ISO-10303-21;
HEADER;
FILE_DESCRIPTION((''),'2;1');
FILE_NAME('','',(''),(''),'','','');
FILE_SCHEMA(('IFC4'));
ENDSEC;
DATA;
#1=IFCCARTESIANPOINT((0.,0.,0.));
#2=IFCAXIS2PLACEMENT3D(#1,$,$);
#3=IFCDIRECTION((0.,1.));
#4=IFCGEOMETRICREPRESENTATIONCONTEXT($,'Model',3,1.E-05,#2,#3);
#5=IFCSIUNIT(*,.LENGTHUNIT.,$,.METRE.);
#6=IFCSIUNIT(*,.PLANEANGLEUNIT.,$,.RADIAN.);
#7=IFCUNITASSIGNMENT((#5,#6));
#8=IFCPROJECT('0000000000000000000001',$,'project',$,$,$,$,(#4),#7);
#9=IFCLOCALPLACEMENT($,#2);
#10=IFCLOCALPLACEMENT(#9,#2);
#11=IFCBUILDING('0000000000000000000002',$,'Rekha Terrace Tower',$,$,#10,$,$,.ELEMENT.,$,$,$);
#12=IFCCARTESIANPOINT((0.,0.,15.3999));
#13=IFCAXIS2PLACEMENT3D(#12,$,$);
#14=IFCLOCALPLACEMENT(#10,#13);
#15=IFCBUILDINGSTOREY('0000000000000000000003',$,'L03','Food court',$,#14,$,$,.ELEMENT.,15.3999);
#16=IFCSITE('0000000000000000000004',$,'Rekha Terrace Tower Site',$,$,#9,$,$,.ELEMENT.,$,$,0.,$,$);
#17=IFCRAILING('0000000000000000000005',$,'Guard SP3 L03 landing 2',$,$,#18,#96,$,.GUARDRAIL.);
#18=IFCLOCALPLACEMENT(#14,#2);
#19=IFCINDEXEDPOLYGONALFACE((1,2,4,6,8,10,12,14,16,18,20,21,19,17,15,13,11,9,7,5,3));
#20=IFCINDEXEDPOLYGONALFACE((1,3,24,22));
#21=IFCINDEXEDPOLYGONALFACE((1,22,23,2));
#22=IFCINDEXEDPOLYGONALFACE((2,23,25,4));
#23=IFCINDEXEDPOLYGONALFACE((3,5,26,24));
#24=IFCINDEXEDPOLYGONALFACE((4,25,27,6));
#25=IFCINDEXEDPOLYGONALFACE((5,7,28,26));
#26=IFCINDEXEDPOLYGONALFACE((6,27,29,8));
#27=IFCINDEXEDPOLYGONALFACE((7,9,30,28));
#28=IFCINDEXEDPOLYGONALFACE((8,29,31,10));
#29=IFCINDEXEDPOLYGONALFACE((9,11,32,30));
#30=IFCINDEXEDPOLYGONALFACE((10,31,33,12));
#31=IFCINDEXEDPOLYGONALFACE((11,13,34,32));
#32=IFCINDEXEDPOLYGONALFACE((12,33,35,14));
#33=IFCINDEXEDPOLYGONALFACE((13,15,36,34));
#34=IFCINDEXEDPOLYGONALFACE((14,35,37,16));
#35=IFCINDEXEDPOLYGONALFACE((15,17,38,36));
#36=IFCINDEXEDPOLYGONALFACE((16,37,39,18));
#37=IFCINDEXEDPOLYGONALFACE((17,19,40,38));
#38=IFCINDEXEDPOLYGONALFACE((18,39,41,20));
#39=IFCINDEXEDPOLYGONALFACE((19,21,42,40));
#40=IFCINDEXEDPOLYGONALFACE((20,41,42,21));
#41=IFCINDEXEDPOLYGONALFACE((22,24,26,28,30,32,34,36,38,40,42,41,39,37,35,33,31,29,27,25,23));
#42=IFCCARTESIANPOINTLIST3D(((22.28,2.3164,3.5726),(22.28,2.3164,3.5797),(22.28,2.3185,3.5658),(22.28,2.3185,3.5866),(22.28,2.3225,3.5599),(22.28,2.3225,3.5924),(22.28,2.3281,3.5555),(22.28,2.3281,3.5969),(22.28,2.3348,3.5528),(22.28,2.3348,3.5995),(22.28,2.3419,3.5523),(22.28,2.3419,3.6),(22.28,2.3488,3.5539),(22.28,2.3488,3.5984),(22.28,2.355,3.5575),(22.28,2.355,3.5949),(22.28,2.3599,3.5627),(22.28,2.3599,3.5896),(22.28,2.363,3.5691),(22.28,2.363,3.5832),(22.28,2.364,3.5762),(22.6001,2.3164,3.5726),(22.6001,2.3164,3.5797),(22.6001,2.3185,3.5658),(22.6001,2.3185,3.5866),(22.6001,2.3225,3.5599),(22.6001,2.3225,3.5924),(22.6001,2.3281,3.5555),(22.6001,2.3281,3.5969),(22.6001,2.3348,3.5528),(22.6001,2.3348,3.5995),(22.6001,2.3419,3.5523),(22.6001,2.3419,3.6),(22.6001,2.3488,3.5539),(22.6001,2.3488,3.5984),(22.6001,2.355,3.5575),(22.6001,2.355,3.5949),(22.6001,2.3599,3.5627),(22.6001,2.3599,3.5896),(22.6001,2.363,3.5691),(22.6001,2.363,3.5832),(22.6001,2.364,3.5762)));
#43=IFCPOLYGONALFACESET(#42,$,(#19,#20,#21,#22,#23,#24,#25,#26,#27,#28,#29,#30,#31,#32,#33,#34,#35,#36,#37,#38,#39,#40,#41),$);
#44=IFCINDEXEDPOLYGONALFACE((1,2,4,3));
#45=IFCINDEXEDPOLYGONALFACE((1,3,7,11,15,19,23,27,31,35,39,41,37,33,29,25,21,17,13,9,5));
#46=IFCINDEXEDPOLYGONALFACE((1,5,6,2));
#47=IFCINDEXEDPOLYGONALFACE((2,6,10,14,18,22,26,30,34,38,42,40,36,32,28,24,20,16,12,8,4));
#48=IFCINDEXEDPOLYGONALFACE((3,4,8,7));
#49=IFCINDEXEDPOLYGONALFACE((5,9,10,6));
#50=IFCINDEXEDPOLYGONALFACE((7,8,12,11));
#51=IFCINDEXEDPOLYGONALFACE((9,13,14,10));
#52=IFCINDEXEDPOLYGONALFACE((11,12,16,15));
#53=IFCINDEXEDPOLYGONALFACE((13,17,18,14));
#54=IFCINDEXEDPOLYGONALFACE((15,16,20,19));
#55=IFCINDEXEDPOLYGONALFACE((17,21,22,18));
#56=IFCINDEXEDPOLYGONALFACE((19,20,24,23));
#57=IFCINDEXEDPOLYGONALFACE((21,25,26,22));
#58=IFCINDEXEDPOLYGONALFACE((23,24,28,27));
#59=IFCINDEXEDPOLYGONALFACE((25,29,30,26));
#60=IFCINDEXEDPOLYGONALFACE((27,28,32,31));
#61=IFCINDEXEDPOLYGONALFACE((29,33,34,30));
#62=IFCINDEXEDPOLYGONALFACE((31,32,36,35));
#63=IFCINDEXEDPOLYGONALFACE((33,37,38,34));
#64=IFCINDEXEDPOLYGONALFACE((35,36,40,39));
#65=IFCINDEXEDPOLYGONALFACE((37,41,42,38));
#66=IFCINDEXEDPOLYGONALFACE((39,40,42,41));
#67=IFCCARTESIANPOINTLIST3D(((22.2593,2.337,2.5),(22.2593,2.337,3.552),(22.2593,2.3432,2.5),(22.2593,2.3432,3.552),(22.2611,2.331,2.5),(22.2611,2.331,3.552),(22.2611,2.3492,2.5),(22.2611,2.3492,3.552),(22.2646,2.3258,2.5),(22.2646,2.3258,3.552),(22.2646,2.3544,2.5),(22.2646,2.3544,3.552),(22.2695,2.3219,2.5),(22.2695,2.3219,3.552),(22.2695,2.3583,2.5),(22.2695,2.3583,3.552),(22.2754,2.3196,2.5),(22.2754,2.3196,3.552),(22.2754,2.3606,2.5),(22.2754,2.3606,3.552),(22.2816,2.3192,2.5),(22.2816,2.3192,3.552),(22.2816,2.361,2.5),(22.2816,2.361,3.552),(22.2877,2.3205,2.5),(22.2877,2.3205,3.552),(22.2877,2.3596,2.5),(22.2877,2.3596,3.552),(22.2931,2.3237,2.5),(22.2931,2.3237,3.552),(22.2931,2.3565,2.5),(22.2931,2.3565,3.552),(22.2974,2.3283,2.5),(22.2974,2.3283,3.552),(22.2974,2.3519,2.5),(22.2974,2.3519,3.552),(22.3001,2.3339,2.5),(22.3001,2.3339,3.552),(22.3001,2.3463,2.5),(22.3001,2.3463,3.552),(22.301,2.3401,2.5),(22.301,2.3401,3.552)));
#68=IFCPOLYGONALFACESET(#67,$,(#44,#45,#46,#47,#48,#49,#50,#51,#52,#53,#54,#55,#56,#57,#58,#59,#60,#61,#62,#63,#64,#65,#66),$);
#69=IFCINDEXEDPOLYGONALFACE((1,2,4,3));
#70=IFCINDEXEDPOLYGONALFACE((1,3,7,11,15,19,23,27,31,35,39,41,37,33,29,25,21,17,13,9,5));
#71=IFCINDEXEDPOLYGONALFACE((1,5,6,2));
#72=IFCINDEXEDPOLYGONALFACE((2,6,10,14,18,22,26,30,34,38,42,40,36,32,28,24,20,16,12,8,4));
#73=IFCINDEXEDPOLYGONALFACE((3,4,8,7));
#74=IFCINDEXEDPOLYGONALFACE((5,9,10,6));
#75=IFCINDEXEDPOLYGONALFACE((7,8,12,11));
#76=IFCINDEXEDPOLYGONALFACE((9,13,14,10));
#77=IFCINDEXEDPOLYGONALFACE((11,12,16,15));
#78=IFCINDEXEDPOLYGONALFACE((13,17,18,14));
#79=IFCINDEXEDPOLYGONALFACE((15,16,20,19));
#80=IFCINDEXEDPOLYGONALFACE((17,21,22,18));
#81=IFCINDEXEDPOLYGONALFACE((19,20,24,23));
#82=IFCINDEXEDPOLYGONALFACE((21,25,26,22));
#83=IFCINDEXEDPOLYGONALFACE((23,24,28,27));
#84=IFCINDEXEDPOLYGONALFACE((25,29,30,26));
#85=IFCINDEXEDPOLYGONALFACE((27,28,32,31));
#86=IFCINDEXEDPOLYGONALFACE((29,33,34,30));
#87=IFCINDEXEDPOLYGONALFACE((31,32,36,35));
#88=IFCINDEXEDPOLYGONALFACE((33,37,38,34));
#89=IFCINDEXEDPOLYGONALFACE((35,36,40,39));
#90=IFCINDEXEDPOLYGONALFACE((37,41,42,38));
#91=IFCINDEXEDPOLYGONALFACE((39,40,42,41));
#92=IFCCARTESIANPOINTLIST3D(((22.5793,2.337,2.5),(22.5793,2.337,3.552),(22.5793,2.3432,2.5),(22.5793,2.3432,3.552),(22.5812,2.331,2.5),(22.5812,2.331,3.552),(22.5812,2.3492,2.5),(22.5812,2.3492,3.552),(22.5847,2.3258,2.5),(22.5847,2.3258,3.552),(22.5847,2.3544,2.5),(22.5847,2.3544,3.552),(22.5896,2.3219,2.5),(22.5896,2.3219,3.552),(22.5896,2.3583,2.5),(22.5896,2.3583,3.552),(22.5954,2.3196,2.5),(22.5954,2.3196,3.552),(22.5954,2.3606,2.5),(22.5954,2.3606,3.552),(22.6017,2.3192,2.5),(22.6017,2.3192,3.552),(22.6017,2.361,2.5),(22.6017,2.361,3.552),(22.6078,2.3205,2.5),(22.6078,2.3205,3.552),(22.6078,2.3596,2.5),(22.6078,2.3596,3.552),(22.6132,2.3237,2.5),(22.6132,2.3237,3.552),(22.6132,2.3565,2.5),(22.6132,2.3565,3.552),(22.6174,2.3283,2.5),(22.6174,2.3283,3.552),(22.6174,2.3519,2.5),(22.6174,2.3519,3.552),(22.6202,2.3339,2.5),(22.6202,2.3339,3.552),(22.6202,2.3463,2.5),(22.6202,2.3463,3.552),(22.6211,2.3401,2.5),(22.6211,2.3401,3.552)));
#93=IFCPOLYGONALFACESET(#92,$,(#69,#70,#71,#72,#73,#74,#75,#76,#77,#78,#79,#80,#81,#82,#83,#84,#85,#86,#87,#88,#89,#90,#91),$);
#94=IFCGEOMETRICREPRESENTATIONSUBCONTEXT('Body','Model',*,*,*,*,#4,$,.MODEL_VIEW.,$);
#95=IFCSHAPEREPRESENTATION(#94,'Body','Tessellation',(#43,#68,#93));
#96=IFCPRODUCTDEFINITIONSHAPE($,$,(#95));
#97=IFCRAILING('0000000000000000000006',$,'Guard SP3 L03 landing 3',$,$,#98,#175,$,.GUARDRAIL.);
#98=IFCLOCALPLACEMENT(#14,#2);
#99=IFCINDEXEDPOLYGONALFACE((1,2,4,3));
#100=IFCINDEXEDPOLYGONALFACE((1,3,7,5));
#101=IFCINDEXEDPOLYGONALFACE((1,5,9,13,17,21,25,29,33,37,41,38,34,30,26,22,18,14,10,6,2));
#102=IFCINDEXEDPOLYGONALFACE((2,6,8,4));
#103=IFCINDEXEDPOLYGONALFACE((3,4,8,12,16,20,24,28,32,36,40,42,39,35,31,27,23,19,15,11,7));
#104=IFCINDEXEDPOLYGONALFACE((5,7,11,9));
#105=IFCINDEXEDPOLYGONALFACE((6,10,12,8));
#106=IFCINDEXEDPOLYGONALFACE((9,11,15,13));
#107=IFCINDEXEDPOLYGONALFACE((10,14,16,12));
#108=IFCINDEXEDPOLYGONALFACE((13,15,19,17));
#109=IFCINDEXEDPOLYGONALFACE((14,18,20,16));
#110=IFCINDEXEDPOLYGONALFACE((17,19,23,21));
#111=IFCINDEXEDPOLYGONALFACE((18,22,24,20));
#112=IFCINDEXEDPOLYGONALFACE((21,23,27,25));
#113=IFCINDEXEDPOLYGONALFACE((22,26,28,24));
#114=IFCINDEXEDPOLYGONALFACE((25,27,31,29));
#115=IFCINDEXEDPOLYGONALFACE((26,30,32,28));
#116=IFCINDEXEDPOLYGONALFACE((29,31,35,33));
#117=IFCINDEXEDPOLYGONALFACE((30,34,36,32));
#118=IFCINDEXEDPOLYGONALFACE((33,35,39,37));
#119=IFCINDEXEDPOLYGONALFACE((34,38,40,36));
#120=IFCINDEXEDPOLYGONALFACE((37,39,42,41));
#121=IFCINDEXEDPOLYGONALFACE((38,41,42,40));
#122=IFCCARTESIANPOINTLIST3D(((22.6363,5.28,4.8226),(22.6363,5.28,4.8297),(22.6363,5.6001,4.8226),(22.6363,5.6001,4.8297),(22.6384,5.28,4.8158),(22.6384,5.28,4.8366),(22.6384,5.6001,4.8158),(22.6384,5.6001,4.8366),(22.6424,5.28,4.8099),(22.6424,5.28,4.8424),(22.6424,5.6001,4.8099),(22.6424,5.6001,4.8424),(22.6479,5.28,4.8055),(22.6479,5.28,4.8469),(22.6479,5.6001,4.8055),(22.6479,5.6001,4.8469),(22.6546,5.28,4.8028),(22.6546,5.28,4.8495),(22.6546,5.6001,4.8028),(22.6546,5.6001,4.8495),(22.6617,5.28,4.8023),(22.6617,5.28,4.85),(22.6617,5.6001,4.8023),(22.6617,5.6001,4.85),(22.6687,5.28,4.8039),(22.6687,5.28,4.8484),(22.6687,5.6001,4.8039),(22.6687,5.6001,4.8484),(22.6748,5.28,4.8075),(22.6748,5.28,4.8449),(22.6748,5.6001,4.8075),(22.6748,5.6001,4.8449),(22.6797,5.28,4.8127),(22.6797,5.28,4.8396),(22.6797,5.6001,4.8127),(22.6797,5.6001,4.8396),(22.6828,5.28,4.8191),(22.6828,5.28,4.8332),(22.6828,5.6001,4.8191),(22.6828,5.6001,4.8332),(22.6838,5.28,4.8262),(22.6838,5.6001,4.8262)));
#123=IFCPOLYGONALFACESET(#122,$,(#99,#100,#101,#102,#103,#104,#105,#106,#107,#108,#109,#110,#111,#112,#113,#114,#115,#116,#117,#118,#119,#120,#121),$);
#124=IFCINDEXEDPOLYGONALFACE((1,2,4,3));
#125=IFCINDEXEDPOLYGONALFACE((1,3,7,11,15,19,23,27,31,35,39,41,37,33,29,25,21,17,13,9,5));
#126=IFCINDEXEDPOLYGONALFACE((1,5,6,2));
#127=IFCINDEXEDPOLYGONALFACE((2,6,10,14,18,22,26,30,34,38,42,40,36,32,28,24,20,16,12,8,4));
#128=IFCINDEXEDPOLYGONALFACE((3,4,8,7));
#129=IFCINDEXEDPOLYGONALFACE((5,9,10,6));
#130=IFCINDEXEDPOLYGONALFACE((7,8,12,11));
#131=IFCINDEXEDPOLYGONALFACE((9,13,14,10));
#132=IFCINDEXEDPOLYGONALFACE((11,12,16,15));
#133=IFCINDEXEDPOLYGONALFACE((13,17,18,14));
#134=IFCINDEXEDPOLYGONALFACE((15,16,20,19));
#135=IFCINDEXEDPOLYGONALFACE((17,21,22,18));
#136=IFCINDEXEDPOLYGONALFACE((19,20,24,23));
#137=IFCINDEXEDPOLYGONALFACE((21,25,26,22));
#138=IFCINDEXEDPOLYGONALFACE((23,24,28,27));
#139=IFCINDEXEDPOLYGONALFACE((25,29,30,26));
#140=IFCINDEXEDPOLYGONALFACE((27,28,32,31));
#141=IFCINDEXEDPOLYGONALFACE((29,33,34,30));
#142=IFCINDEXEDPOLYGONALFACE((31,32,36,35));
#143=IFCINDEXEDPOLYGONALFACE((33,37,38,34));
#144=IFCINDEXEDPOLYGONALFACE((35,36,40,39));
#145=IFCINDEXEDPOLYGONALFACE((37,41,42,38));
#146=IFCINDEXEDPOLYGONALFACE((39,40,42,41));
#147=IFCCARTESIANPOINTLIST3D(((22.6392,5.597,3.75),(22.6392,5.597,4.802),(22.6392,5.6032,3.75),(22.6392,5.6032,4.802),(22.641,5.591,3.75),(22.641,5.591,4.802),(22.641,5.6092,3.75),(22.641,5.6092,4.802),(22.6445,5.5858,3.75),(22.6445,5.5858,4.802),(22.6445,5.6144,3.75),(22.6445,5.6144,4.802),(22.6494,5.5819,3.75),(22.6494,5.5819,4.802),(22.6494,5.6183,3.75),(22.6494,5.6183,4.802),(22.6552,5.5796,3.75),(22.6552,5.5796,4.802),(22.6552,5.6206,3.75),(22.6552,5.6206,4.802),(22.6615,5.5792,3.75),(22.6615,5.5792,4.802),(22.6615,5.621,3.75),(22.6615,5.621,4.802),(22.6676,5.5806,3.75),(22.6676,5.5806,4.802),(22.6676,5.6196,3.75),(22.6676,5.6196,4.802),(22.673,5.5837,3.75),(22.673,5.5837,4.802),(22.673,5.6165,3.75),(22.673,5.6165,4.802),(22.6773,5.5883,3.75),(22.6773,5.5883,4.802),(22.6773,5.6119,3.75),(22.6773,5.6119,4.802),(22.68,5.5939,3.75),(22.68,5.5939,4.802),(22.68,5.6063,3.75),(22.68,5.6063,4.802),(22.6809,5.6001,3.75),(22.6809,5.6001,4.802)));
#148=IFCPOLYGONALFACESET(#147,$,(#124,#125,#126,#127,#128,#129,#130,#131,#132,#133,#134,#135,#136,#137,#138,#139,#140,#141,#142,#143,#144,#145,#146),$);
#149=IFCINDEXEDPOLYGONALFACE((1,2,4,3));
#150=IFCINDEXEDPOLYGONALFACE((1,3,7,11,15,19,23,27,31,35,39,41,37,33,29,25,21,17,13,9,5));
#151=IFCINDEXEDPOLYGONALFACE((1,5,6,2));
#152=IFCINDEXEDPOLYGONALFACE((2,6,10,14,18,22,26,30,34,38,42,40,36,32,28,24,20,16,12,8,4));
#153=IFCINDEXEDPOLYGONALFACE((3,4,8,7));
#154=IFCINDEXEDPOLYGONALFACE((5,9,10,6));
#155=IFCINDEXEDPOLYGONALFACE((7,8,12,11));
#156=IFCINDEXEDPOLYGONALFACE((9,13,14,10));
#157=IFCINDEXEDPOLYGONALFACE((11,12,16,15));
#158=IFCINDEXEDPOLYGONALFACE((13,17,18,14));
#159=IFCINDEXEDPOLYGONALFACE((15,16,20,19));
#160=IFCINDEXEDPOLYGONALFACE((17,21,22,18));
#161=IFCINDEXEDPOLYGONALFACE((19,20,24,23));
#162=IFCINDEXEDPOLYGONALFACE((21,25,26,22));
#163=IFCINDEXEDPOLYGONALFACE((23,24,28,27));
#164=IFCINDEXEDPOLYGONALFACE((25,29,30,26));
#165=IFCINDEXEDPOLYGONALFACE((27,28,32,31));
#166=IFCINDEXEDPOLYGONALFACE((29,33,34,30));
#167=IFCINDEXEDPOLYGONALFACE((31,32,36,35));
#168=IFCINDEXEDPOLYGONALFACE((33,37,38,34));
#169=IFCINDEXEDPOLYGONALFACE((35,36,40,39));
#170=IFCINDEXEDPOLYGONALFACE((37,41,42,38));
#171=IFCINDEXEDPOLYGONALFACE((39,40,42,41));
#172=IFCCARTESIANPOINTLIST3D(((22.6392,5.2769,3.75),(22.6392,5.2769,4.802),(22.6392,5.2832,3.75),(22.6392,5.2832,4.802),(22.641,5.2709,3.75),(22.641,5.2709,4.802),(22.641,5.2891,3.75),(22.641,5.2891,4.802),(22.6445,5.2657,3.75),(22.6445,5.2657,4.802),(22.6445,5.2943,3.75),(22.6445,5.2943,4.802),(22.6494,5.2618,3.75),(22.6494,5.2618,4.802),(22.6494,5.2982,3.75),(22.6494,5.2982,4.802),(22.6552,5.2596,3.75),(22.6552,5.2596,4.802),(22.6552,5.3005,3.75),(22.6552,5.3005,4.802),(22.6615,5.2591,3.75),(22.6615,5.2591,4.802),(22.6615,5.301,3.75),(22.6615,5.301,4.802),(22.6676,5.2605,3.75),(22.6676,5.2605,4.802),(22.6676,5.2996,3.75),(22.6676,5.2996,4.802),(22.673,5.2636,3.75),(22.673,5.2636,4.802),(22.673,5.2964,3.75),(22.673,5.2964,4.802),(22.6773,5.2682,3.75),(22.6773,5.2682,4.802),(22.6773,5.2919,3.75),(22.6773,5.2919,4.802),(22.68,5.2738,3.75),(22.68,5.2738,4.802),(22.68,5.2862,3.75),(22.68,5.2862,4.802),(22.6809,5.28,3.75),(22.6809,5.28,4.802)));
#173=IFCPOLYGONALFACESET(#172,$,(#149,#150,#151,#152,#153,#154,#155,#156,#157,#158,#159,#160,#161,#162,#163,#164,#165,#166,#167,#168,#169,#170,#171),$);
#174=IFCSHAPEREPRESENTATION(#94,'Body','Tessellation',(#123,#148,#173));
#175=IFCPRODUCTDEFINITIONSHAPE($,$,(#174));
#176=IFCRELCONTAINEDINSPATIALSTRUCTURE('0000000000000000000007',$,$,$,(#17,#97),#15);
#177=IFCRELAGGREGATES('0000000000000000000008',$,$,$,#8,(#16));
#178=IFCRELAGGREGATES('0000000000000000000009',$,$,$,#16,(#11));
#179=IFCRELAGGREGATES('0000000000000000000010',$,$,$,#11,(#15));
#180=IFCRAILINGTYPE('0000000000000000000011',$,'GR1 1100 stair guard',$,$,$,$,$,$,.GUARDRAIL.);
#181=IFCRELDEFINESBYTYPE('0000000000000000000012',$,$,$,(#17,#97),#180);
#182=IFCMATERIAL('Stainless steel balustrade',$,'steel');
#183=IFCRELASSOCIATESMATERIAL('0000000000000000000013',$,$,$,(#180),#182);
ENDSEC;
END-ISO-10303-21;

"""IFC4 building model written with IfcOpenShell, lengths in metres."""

from ifc_helpers import new_model, si_unit, direction, frame, origin, origin_2d, place, context, subcontext, project, spatial, circle, extrude, material, type_object, element, save


model = new_model("IFC4")

# Units and contexts
model_context = context("Model", 3, precision=1e-05, world=origin(), true_north=direction((0.0, 1.0)))
body_context = subcontext(model_context, "Body", "Model", "MODEL_VIEW")
ifc_project = project(units=[si_unit("LENGTHUNIT", "METRE"), si_unit("PLANEANGLEUNIT", "RADIAN")], contexts=[model_context])

# Site, building, storey
site_placement = place(None, origin())
site = spatial("IfcSite", under=ifc_project, at=site_placement, Name="Rekha Terrace Tower Site", CompositionType="ELEMENT", RefElevation=0.0)
building_placement = place(site_placement, origin())
building = spatial("IfcBuilding", under=site, at=building_placement, Name="Rekha Terrace Tower", CompositionType="ELEMENT")
storey_placement = place(building_placement, frame((0.0, 0.0, 15.3999)))
storey = spatial("IfcBuildingStorey", under=building, at=storey_placement, Name="L03", Description="Food court", CompositionType="ELEMENT", Elevation=15.3999)

# Railings
ifc_material_1 = material(Name="Stainless steel balustrade", Category="steel")
railing_type_1 = type_object("IfcRailingType", Name="GR1 1100 stair guard", PredefinedType="GUARDRAIL", material=ifc_material_1)
railing_1_placement = place(storey_placement, frame((22.28, 2.3401, 2.5)))
element("IfcRailing", 1, at=railing_1_placement, inside=storey, type_object=railing_type_1, Name="Guard SP3 L03 landing 2", PredefinedType="GUARDRAIL", context=body_context, shape_type="SweptSolid", body=[
    extrude(circle(Radius=0.0239, at=origin_2d()), frame((0.0, 0.0, 1.0762), z_axis=(1.0, 0.0, 0.0), x_axis=(0.0, 1.0, 0.0)), (0.0, 0.0, 1.0), 0.3201),
    extrude(circle(Radius=0.021, at=origin_2d()), origin(), (0.0, 0.0, 1.0), 1.052),
    extrude(circle(Radius=0.021, at=origin_2d()), frame((0.3201, 0.0, 0.0)), (0.0, 0.0, 1.0), 1.052),
])
railing_2_placement = place(storey_placement, frame((22.6599, 5.6001, 3.75)))
element("IfcRailing", 2, at=railing_2_placement, inside=storey, type_object=railing_type_1, Name="Guard SP3 L03 landing 3", PredefinedType="GUARDRAIL", context=body_context, shape_type="SweptSolid", body=[
    extrude(circle(Radius=0.0239, at=origin_2d()), frame((0.0, 0.0, 1.0762), z_axis=(0.0, -1.0, 0.0), x_axis=(1.0, 0.0, 0.0)), (0.0, 0.0, 1.0), 0.3201),
    extrude(circle(Radius=0.021, at=origin_2d()), origin(), (0.0, 0.0, 1.0), 1.052),
    extrude(circle(Radius=0.021, at=origin_2d()), frame((0.0, -0.3201, 0.0)), (0.0, 0.0, 1.0), 1.052),
])

save(model, "model.ifc")
